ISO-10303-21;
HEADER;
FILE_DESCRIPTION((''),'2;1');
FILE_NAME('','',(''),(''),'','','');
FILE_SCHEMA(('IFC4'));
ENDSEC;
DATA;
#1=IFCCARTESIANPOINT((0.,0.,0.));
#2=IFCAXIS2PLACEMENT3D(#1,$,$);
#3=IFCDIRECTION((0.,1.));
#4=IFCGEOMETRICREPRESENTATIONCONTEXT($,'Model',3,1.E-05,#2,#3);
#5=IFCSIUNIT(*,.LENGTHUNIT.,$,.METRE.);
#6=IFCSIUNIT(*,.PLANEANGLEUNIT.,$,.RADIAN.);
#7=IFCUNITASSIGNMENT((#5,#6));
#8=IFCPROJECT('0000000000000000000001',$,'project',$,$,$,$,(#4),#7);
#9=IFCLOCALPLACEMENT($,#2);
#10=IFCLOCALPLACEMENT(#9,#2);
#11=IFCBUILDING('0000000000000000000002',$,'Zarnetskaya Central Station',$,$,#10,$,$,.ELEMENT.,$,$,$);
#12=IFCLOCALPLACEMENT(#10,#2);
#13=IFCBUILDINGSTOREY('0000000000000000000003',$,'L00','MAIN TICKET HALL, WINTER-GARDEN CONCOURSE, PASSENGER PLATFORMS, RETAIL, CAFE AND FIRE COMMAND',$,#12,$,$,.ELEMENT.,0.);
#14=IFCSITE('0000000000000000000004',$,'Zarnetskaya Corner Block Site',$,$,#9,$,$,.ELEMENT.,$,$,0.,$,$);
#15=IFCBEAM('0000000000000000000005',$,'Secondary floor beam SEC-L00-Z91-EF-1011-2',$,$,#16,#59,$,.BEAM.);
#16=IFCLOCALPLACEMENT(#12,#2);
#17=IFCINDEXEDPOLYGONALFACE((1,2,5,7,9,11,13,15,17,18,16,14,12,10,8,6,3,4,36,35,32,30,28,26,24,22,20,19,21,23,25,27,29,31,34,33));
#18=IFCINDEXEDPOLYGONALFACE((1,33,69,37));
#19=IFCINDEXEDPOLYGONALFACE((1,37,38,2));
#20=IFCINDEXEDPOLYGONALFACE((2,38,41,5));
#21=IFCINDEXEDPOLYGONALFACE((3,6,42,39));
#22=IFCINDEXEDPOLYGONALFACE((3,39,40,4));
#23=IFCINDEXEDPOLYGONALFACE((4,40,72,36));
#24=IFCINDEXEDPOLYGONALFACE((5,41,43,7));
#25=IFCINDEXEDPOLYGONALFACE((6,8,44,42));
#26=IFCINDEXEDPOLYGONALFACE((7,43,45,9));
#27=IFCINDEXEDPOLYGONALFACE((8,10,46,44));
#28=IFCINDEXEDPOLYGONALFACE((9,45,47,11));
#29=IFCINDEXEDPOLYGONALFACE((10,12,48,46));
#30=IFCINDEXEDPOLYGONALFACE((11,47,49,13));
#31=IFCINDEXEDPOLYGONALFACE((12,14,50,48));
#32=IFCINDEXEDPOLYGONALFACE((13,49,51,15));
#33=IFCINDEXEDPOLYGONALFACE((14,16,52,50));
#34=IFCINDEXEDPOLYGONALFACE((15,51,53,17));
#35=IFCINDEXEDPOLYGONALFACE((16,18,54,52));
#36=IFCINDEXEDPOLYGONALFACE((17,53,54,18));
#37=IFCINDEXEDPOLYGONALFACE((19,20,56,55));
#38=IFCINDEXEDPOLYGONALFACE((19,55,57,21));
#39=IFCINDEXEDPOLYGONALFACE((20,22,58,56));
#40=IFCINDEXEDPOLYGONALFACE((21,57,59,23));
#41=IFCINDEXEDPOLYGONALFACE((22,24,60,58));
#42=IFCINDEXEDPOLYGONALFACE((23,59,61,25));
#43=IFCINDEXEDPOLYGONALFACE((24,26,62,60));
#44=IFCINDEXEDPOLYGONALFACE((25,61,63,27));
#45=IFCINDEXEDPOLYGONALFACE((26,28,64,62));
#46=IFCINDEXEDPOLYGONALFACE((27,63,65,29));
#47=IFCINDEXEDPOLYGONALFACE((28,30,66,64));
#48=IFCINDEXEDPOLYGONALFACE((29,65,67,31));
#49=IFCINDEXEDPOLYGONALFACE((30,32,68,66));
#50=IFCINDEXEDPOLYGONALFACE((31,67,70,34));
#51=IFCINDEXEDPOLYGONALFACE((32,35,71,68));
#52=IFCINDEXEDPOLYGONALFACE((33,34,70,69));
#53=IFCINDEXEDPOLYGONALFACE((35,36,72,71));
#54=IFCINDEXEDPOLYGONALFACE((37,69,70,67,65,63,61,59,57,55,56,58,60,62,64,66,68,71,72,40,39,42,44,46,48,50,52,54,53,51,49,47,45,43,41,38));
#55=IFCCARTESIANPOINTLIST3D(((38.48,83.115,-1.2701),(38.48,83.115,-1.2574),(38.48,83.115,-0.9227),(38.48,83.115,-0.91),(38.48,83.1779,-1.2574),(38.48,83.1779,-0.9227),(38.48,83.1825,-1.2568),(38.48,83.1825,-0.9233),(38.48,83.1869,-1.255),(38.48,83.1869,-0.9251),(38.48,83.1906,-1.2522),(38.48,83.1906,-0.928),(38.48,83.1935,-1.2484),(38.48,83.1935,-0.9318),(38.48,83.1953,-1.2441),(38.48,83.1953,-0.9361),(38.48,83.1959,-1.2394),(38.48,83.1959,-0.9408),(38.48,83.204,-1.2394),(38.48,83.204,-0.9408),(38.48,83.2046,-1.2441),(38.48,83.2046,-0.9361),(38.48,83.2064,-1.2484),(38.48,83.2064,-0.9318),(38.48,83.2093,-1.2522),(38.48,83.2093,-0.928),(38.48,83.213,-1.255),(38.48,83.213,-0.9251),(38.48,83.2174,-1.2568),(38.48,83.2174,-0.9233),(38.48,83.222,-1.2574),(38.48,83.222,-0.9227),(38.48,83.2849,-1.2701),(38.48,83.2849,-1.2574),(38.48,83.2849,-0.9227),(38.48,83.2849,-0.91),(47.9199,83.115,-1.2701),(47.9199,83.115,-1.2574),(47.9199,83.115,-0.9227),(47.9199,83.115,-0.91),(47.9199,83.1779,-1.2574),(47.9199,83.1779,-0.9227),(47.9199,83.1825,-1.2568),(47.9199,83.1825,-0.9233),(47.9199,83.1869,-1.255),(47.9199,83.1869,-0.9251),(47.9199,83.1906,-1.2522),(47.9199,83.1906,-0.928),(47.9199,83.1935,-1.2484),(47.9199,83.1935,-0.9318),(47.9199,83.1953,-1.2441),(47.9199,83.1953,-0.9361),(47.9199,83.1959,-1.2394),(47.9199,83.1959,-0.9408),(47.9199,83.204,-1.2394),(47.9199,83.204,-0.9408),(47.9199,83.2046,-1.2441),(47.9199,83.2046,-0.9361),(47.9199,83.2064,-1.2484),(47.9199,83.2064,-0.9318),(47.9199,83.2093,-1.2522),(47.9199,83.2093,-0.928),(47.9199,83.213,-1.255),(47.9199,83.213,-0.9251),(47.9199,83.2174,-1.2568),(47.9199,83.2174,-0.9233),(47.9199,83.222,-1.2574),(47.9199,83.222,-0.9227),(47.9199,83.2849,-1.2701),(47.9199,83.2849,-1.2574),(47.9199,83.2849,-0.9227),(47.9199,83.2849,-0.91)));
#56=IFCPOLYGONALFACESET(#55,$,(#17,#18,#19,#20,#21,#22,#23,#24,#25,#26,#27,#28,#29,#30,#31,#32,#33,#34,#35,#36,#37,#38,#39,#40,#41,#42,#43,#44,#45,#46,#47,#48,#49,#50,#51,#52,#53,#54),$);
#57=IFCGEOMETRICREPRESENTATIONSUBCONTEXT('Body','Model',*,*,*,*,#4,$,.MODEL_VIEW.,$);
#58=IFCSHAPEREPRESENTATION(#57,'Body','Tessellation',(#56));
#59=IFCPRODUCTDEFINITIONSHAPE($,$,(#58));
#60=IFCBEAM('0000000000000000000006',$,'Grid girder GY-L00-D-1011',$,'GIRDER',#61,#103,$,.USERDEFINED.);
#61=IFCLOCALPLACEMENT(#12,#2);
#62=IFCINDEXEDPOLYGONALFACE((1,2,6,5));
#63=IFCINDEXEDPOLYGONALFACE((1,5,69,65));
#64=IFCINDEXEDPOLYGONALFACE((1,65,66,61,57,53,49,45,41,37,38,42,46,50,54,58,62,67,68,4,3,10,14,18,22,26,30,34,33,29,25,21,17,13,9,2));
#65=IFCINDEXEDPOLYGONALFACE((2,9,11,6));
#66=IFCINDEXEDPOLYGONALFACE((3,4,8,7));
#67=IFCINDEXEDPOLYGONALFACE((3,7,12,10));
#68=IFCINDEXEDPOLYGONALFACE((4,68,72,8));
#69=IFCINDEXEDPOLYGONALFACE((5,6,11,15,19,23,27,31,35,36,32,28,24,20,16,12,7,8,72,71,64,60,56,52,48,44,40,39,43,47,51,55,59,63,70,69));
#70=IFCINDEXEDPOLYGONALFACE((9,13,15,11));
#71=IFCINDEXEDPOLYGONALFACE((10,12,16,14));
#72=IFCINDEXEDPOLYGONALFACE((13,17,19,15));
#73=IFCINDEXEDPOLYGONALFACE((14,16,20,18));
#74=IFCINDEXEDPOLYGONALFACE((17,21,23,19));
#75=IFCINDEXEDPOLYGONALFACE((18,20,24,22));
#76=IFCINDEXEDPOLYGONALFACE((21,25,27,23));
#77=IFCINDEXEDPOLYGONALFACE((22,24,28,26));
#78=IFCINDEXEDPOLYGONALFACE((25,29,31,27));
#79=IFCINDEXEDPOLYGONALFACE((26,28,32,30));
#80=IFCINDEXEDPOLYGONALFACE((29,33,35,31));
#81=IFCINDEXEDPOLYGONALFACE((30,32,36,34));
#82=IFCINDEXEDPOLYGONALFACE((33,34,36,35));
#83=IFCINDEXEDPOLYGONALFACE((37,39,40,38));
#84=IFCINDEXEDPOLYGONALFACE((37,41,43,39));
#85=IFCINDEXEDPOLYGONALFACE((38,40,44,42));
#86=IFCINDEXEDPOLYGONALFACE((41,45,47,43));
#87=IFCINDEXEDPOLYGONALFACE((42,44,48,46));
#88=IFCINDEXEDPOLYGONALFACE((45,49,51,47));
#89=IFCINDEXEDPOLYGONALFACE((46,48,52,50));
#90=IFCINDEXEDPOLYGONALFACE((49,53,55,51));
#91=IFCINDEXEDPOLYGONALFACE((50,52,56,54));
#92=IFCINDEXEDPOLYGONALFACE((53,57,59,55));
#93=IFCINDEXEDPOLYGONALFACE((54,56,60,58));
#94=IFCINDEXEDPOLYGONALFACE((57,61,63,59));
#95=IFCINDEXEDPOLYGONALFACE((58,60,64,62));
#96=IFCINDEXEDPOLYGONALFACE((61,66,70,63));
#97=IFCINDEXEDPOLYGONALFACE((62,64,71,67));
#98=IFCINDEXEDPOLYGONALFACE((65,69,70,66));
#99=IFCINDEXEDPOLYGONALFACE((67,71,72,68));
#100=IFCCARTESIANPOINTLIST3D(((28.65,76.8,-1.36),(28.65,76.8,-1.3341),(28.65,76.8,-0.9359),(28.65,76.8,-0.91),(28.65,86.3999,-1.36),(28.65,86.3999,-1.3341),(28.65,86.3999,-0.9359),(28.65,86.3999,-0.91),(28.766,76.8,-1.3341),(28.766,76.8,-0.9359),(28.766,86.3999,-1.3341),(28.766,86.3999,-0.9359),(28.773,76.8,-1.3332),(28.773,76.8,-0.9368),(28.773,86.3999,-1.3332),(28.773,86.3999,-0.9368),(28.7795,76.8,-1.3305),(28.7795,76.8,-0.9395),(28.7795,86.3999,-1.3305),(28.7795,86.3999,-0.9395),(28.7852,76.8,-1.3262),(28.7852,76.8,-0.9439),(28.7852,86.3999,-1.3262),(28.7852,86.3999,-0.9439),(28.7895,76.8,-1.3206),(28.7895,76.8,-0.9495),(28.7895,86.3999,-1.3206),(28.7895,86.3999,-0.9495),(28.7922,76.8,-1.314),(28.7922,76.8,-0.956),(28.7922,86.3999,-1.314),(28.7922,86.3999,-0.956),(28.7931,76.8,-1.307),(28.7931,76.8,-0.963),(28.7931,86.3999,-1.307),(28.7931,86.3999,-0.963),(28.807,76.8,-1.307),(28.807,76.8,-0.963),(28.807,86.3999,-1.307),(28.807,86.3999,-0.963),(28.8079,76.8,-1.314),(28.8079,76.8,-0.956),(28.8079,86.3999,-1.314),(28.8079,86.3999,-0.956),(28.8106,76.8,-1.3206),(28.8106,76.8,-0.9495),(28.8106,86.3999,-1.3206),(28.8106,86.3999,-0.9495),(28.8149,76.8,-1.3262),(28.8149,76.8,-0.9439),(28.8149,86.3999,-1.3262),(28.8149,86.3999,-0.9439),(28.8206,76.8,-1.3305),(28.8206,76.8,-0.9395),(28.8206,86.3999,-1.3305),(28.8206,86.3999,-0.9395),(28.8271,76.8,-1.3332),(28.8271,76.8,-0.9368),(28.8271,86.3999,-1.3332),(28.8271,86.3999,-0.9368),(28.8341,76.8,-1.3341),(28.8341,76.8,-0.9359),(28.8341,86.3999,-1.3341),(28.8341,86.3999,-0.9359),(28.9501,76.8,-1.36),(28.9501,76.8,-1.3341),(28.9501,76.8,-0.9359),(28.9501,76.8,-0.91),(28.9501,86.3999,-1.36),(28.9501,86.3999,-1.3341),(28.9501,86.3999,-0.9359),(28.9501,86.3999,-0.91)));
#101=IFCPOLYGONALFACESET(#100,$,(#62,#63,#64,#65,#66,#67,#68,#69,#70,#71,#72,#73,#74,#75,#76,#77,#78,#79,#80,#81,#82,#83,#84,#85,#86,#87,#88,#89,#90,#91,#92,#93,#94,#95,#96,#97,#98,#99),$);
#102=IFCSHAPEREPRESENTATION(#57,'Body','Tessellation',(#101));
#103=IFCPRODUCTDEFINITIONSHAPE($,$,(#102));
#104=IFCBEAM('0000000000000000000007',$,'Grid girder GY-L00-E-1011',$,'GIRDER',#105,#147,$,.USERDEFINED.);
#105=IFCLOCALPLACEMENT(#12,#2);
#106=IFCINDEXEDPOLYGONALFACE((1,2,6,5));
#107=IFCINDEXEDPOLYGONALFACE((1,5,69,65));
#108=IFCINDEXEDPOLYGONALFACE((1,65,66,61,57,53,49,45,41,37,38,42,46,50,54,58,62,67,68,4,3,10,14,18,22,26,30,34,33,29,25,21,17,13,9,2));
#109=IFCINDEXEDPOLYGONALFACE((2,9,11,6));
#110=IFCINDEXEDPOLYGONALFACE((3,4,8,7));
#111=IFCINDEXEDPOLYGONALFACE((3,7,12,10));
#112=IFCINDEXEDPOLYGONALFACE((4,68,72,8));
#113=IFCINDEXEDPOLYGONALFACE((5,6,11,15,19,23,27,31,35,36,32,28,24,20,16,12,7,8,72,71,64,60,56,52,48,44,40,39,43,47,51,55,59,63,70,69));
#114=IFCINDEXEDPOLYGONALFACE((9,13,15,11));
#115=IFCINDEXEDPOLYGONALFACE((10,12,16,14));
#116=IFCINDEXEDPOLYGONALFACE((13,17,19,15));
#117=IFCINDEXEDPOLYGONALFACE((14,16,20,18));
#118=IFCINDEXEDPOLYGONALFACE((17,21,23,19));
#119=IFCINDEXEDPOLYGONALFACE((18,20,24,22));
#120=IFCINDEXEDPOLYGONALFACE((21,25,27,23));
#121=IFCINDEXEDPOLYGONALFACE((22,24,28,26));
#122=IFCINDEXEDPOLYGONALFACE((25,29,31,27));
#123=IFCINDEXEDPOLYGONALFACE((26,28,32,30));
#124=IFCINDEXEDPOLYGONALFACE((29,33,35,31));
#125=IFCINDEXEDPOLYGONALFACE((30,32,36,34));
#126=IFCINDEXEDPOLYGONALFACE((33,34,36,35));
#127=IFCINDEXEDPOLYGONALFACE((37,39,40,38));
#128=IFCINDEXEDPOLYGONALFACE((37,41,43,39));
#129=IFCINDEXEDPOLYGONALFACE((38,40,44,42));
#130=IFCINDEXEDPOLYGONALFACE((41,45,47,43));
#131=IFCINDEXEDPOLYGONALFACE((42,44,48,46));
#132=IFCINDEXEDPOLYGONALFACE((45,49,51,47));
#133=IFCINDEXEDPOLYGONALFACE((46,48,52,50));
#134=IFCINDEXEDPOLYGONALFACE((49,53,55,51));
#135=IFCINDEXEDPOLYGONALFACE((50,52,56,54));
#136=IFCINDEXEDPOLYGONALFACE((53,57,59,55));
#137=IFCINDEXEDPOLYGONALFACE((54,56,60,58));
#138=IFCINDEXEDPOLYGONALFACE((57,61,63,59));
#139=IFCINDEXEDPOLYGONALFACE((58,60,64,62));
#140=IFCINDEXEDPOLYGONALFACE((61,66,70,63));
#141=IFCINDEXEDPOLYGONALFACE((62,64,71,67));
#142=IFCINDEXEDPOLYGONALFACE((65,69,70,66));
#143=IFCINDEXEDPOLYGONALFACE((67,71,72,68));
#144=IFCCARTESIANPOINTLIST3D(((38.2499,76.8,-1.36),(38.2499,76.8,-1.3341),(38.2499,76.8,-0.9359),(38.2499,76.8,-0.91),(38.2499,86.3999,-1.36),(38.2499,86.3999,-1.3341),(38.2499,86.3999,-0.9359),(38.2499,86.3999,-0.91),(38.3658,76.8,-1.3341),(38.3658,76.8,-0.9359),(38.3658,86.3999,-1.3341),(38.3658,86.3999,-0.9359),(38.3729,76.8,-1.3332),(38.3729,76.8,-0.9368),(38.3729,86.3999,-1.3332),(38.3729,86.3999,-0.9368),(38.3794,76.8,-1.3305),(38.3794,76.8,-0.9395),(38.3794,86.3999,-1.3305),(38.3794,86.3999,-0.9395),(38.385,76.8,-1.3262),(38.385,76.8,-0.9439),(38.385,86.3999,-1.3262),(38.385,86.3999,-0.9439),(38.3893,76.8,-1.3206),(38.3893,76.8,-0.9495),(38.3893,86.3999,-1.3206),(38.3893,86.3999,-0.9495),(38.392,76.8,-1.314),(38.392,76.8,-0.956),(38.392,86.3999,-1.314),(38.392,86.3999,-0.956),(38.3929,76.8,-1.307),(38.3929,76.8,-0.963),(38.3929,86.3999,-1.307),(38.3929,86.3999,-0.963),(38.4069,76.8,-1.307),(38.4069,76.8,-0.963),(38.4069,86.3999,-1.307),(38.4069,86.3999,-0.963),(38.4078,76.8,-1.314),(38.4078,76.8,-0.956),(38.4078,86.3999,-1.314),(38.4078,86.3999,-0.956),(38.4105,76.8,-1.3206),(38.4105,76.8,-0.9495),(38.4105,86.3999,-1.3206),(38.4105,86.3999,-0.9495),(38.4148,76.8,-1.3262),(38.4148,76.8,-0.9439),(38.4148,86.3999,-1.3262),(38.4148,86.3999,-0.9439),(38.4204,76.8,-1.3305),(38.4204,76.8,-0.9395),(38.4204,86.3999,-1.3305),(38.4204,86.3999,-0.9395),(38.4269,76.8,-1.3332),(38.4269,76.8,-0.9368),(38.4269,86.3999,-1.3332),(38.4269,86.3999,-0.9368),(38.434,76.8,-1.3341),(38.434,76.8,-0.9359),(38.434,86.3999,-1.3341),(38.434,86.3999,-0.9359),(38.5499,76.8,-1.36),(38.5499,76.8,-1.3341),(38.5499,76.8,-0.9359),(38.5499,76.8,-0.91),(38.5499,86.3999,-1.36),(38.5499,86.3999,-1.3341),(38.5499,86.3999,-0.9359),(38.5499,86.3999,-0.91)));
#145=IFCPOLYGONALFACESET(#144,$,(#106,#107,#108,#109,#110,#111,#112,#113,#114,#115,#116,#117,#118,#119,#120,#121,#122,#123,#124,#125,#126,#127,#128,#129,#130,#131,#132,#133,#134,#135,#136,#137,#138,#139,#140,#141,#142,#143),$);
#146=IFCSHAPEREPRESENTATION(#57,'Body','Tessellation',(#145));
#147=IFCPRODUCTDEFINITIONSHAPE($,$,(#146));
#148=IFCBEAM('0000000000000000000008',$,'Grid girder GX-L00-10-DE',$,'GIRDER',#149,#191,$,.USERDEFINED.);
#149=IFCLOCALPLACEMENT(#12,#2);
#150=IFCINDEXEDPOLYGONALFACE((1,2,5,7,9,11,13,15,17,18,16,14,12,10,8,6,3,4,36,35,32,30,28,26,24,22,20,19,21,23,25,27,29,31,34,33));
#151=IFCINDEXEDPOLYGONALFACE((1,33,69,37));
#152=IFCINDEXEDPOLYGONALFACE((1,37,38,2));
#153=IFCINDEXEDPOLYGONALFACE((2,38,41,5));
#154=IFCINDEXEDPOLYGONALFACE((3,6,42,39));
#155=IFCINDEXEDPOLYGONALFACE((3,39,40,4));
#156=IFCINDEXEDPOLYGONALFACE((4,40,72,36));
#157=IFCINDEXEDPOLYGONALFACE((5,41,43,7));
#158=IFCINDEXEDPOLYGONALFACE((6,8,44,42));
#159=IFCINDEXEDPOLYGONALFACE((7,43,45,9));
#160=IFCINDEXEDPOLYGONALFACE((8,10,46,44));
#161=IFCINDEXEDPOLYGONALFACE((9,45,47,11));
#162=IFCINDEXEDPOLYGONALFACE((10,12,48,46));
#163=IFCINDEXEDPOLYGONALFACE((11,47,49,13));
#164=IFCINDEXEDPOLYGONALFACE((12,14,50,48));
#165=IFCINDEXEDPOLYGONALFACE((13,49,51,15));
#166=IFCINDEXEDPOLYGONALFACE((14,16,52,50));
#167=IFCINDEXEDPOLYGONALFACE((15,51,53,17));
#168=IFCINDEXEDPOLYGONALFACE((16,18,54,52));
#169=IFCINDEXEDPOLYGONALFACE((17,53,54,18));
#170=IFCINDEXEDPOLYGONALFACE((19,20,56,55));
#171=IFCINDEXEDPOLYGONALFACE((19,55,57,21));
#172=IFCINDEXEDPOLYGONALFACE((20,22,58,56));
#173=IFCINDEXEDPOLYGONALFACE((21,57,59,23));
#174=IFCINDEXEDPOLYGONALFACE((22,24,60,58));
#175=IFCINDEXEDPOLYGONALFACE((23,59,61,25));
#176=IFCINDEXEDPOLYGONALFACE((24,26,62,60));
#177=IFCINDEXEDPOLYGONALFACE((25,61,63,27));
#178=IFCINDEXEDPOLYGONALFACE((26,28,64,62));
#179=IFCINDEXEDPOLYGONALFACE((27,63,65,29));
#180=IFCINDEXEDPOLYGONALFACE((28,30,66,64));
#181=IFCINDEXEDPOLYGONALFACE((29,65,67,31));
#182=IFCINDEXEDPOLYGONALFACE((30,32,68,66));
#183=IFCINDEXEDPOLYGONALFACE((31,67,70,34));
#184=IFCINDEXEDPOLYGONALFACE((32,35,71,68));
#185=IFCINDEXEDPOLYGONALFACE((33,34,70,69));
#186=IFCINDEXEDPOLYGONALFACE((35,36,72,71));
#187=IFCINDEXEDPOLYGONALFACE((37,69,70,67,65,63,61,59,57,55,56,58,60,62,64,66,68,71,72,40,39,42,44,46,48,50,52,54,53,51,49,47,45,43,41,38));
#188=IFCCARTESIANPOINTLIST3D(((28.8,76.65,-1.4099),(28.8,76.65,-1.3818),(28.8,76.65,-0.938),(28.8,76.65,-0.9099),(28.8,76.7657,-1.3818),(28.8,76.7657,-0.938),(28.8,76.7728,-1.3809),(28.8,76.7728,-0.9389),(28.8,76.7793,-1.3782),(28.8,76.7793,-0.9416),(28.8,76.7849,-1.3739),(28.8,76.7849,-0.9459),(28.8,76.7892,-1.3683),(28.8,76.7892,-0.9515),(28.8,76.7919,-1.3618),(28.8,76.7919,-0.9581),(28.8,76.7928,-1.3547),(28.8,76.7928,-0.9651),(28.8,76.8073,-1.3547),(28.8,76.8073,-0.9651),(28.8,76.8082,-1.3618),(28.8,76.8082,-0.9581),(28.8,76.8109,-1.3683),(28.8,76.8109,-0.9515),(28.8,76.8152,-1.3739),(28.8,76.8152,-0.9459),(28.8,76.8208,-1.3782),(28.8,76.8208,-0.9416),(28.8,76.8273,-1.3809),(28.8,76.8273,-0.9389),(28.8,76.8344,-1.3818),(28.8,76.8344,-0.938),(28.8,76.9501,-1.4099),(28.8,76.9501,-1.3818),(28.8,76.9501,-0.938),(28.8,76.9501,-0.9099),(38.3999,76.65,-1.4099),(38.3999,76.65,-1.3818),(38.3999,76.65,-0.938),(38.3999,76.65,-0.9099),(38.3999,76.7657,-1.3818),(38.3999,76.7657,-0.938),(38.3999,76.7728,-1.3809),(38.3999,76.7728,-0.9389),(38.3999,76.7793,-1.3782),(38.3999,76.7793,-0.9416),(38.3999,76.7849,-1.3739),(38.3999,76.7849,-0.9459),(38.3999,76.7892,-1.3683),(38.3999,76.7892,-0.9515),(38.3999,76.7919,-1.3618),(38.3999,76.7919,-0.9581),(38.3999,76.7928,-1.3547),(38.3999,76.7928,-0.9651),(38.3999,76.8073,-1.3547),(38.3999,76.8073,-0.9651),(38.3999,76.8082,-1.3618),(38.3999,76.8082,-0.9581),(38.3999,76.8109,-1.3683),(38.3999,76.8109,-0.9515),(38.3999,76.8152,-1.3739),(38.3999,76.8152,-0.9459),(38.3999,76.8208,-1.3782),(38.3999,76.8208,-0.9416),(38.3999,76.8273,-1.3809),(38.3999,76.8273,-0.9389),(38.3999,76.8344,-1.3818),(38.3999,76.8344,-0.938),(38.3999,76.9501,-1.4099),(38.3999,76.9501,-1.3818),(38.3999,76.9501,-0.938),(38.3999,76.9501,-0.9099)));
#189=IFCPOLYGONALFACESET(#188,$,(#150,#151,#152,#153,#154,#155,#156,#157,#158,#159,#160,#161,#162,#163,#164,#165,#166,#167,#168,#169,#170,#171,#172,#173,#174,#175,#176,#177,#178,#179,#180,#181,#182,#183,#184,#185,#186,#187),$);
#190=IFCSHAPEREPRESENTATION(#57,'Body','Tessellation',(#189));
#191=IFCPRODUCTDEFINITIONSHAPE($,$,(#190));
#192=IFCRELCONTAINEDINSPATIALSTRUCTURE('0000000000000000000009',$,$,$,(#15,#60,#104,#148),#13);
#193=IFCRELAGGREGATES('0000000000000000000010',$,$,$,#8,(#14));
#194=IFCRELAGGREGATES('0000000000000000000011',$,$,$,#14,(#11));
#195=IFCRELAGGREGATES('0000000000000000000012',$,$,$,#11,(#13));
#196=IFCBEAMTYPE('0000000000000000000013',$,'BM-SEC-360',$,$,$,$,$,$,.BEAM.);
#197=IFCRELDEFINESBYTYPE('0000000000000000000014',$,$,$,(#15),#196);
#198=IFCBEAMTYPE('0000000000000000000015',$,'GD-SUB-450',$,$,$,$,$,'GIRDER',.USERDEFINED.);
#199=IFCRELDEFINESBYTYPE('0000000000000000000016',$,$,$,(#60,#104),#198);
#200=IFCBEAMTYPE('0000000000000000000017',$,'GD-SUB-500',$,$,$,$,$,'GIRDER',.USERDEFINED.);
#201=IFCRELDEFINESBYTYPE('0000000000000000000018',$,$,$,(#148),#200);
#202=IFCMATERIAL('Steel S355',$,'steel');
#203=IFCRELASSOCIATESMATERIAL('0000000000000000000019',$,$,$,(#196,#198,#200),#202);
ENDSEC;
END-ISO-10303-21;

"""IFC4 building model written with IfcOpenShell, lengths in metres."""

from ifc_helpers import new_model, si_unit, direction, frame, origin, origin_2d, place, context, subcontext, project, spatial, i_section, extrude, material, material_profile, profile_set, type_object, element, save


model = new_model("IFC4")

# Units and contexts
model_context = context("Model", 3, precision=1e-05, world=origin(), true_north=direction((0.0, 1.0)))
body_context = subcontext(model_context, "Body", "Model", "MODEL_VIEW")
ifc_project = project(units=[si_unit("LENGTHUNIT", "METRE"), si_unit("PLANEANGLEUNIT", "RADIAN")], contexts=[model_context])

# Site, building, storey
site_placement = place(None, origin())
site = spatial("IfcSite", under=ifc_project, at=site_placement, Name="Zarnetskaya Corner Block Site", CompositionType="ELEMENT", RefElevation=0.0)
building_placement = place(site_placement, origin())
building = spatial("IfcBuilding", under=site, at=building_placement, Name="Zarnetskaya Central Station", CompositionType="ELEMENT")
storey_placement = place(building_placement, origin())
storey = spatial("IfcBuildingStorey", under=building, at=storey_placement, Name="L00", Description="MAIN TICKET HALL, WINTER-GARDEN CONCOURSE, PASSENGER PLATFORMS, RETAIL, CAFE AND FIRE COMMAND", CompositionType="ELEMENT", Elevation=0.0)

# Shared definitions
ifc_material = material(Name="Steel S355", Category="steel")

# Beams
ifc_material_profile_1 = material_profile(ifc_material, i_section(OverallWidth=0.1699, OverallDepth=0.3601, WebThickness=0.0081, FlangeThickness=0.0127, FilletRadius=0.0181, at=origin_2d()), Name="IPE 360")
ifc_profile_set_1 = profile_set([ifc_material_profile_1], Name="Steel S355")
beam_type_1 = type_object("IfcBeamType", Name="BM-SEC-360", PredefinedType="BEAM", material=ifc_profile_set_1)
for number, where, z_axis, x_axis, name in (
    (1, (38.48, 83.2, -1.0901), (1.0, 0.0, 0.0), (0.0, 1.0, 0.0), "Secondary floor beam SEC-L00-Z91-EF-1011-2"),
):
    element("IfcBeam", number, at=place(storey_placement, frame(where, z_axis=z_axis, x_axis=x_axis)), inside=storey, type_object=beam_type_1, Name=name, PredefinedType="BEAM", context=body_context, shape_type="SweptSolid", body=[
        extrude(i_section(OverallWidth=0.1699, OverallDepth=0.3601, WebThickness=0.0081, FlangeThickness=0.0127, FilletRadius=0.0181, at=origin_2d()), origin(), (0.0, 0.0, 1.0), 9.4399),
    ])
ifc_material_profile_2 = material_profile(ifc_material, i_section(OverallWidth=0.3, OverallDepth=0.45, WebThickness=0.0139, FlangeThickness=0.0259, FilletRadius=0.0271, at=origin_2d()), Name="HEB 450")
ifc_profile_set_2 = profile_set([ifc_material_profile_2], Name="Steel S355")
beam_type_2 = type_object("IfcBeamType", Name="GD-SUB-450", ElementType="GIRDER", PredefinedType="USERDEFINED", material=ifc_profile_set_2)
for number, where, z_axis, x_axis, name in (
    (2, (28.8, 76.8, -1.135), (0.0, 1.0, 0.0), (-1.0, 0.0, 0.0), "Grid girder GY-L00-D-1011"),
    (3, (38.3999, 76.8, -1.135), (0.0, 1.0, 0.0), (-1.0, 0.0, 0.0), "Grid girder GY-L00-E-1011"),
):
    element("IfcBeam", number, at=place(storey_placement, frame(where, z_axis=z_axis, x_axis=x_axis)), inside=storey, type_object=beam_type_2, Name=name, ObjectType="GIRDER", PredefinedType="USERDEFINED", context=body_context, shape_type="SweptSolid", body=[
        extrude(i_section(OverallWidth=0.3, OverallDepth=0.45, WebThickness=0.0139, FlangeThickness=0.0259, FilletRadius=0.0271, at=origin_2d()), origin(), (0.0, 0.0, 1.0), 9.5999),
    ])
ifc_material_profile_3 = material_profile(ifc_material, i_section(OverallWidth=0.3, OverallDepth=0.5, WebThickness=0.0144, FlangeThickness=0.0281, FilletRadius=0.0271, at=origin_2d()), Name="HEB 500")
ifc_profile_set_3 = profile_set([ifc_material_profile_3], Name="Steel S355")
beam_type_3 = type_object("IfcBeamType", Name="GD-SUB-500", ElementType="GIRDER", PredefinedType="USERDEFINED", material=ifc_profile_set_3)
beam_1_placement = place(storey_placement, frame((28.8, 76.8, -1.1599), z_axis=(1.0, 0.0, 0.0), x_axis=(0.0, 1.0, 0.0)))
element("IfcBeam", 4, at=beam_1_placement, inside=storey, type_object=beam_type_3, Name="Grid girder GX-L00-10-DE", ObjectType="GIRDER", PredefinedType="USERDEFINED", context=body_context, shape_type="SweptSolid", body=[
    extrude(i_section(OverallWidth=0.3, OverallDepth=0.5, WebThickness=0.0144, FlangeThickness=0.0281, FilletRadius=0.0271, at=origin_2d()), origin(), (0.0, 0.0, 1.0), 9.5999),
])

save(model, "model.ifc")
